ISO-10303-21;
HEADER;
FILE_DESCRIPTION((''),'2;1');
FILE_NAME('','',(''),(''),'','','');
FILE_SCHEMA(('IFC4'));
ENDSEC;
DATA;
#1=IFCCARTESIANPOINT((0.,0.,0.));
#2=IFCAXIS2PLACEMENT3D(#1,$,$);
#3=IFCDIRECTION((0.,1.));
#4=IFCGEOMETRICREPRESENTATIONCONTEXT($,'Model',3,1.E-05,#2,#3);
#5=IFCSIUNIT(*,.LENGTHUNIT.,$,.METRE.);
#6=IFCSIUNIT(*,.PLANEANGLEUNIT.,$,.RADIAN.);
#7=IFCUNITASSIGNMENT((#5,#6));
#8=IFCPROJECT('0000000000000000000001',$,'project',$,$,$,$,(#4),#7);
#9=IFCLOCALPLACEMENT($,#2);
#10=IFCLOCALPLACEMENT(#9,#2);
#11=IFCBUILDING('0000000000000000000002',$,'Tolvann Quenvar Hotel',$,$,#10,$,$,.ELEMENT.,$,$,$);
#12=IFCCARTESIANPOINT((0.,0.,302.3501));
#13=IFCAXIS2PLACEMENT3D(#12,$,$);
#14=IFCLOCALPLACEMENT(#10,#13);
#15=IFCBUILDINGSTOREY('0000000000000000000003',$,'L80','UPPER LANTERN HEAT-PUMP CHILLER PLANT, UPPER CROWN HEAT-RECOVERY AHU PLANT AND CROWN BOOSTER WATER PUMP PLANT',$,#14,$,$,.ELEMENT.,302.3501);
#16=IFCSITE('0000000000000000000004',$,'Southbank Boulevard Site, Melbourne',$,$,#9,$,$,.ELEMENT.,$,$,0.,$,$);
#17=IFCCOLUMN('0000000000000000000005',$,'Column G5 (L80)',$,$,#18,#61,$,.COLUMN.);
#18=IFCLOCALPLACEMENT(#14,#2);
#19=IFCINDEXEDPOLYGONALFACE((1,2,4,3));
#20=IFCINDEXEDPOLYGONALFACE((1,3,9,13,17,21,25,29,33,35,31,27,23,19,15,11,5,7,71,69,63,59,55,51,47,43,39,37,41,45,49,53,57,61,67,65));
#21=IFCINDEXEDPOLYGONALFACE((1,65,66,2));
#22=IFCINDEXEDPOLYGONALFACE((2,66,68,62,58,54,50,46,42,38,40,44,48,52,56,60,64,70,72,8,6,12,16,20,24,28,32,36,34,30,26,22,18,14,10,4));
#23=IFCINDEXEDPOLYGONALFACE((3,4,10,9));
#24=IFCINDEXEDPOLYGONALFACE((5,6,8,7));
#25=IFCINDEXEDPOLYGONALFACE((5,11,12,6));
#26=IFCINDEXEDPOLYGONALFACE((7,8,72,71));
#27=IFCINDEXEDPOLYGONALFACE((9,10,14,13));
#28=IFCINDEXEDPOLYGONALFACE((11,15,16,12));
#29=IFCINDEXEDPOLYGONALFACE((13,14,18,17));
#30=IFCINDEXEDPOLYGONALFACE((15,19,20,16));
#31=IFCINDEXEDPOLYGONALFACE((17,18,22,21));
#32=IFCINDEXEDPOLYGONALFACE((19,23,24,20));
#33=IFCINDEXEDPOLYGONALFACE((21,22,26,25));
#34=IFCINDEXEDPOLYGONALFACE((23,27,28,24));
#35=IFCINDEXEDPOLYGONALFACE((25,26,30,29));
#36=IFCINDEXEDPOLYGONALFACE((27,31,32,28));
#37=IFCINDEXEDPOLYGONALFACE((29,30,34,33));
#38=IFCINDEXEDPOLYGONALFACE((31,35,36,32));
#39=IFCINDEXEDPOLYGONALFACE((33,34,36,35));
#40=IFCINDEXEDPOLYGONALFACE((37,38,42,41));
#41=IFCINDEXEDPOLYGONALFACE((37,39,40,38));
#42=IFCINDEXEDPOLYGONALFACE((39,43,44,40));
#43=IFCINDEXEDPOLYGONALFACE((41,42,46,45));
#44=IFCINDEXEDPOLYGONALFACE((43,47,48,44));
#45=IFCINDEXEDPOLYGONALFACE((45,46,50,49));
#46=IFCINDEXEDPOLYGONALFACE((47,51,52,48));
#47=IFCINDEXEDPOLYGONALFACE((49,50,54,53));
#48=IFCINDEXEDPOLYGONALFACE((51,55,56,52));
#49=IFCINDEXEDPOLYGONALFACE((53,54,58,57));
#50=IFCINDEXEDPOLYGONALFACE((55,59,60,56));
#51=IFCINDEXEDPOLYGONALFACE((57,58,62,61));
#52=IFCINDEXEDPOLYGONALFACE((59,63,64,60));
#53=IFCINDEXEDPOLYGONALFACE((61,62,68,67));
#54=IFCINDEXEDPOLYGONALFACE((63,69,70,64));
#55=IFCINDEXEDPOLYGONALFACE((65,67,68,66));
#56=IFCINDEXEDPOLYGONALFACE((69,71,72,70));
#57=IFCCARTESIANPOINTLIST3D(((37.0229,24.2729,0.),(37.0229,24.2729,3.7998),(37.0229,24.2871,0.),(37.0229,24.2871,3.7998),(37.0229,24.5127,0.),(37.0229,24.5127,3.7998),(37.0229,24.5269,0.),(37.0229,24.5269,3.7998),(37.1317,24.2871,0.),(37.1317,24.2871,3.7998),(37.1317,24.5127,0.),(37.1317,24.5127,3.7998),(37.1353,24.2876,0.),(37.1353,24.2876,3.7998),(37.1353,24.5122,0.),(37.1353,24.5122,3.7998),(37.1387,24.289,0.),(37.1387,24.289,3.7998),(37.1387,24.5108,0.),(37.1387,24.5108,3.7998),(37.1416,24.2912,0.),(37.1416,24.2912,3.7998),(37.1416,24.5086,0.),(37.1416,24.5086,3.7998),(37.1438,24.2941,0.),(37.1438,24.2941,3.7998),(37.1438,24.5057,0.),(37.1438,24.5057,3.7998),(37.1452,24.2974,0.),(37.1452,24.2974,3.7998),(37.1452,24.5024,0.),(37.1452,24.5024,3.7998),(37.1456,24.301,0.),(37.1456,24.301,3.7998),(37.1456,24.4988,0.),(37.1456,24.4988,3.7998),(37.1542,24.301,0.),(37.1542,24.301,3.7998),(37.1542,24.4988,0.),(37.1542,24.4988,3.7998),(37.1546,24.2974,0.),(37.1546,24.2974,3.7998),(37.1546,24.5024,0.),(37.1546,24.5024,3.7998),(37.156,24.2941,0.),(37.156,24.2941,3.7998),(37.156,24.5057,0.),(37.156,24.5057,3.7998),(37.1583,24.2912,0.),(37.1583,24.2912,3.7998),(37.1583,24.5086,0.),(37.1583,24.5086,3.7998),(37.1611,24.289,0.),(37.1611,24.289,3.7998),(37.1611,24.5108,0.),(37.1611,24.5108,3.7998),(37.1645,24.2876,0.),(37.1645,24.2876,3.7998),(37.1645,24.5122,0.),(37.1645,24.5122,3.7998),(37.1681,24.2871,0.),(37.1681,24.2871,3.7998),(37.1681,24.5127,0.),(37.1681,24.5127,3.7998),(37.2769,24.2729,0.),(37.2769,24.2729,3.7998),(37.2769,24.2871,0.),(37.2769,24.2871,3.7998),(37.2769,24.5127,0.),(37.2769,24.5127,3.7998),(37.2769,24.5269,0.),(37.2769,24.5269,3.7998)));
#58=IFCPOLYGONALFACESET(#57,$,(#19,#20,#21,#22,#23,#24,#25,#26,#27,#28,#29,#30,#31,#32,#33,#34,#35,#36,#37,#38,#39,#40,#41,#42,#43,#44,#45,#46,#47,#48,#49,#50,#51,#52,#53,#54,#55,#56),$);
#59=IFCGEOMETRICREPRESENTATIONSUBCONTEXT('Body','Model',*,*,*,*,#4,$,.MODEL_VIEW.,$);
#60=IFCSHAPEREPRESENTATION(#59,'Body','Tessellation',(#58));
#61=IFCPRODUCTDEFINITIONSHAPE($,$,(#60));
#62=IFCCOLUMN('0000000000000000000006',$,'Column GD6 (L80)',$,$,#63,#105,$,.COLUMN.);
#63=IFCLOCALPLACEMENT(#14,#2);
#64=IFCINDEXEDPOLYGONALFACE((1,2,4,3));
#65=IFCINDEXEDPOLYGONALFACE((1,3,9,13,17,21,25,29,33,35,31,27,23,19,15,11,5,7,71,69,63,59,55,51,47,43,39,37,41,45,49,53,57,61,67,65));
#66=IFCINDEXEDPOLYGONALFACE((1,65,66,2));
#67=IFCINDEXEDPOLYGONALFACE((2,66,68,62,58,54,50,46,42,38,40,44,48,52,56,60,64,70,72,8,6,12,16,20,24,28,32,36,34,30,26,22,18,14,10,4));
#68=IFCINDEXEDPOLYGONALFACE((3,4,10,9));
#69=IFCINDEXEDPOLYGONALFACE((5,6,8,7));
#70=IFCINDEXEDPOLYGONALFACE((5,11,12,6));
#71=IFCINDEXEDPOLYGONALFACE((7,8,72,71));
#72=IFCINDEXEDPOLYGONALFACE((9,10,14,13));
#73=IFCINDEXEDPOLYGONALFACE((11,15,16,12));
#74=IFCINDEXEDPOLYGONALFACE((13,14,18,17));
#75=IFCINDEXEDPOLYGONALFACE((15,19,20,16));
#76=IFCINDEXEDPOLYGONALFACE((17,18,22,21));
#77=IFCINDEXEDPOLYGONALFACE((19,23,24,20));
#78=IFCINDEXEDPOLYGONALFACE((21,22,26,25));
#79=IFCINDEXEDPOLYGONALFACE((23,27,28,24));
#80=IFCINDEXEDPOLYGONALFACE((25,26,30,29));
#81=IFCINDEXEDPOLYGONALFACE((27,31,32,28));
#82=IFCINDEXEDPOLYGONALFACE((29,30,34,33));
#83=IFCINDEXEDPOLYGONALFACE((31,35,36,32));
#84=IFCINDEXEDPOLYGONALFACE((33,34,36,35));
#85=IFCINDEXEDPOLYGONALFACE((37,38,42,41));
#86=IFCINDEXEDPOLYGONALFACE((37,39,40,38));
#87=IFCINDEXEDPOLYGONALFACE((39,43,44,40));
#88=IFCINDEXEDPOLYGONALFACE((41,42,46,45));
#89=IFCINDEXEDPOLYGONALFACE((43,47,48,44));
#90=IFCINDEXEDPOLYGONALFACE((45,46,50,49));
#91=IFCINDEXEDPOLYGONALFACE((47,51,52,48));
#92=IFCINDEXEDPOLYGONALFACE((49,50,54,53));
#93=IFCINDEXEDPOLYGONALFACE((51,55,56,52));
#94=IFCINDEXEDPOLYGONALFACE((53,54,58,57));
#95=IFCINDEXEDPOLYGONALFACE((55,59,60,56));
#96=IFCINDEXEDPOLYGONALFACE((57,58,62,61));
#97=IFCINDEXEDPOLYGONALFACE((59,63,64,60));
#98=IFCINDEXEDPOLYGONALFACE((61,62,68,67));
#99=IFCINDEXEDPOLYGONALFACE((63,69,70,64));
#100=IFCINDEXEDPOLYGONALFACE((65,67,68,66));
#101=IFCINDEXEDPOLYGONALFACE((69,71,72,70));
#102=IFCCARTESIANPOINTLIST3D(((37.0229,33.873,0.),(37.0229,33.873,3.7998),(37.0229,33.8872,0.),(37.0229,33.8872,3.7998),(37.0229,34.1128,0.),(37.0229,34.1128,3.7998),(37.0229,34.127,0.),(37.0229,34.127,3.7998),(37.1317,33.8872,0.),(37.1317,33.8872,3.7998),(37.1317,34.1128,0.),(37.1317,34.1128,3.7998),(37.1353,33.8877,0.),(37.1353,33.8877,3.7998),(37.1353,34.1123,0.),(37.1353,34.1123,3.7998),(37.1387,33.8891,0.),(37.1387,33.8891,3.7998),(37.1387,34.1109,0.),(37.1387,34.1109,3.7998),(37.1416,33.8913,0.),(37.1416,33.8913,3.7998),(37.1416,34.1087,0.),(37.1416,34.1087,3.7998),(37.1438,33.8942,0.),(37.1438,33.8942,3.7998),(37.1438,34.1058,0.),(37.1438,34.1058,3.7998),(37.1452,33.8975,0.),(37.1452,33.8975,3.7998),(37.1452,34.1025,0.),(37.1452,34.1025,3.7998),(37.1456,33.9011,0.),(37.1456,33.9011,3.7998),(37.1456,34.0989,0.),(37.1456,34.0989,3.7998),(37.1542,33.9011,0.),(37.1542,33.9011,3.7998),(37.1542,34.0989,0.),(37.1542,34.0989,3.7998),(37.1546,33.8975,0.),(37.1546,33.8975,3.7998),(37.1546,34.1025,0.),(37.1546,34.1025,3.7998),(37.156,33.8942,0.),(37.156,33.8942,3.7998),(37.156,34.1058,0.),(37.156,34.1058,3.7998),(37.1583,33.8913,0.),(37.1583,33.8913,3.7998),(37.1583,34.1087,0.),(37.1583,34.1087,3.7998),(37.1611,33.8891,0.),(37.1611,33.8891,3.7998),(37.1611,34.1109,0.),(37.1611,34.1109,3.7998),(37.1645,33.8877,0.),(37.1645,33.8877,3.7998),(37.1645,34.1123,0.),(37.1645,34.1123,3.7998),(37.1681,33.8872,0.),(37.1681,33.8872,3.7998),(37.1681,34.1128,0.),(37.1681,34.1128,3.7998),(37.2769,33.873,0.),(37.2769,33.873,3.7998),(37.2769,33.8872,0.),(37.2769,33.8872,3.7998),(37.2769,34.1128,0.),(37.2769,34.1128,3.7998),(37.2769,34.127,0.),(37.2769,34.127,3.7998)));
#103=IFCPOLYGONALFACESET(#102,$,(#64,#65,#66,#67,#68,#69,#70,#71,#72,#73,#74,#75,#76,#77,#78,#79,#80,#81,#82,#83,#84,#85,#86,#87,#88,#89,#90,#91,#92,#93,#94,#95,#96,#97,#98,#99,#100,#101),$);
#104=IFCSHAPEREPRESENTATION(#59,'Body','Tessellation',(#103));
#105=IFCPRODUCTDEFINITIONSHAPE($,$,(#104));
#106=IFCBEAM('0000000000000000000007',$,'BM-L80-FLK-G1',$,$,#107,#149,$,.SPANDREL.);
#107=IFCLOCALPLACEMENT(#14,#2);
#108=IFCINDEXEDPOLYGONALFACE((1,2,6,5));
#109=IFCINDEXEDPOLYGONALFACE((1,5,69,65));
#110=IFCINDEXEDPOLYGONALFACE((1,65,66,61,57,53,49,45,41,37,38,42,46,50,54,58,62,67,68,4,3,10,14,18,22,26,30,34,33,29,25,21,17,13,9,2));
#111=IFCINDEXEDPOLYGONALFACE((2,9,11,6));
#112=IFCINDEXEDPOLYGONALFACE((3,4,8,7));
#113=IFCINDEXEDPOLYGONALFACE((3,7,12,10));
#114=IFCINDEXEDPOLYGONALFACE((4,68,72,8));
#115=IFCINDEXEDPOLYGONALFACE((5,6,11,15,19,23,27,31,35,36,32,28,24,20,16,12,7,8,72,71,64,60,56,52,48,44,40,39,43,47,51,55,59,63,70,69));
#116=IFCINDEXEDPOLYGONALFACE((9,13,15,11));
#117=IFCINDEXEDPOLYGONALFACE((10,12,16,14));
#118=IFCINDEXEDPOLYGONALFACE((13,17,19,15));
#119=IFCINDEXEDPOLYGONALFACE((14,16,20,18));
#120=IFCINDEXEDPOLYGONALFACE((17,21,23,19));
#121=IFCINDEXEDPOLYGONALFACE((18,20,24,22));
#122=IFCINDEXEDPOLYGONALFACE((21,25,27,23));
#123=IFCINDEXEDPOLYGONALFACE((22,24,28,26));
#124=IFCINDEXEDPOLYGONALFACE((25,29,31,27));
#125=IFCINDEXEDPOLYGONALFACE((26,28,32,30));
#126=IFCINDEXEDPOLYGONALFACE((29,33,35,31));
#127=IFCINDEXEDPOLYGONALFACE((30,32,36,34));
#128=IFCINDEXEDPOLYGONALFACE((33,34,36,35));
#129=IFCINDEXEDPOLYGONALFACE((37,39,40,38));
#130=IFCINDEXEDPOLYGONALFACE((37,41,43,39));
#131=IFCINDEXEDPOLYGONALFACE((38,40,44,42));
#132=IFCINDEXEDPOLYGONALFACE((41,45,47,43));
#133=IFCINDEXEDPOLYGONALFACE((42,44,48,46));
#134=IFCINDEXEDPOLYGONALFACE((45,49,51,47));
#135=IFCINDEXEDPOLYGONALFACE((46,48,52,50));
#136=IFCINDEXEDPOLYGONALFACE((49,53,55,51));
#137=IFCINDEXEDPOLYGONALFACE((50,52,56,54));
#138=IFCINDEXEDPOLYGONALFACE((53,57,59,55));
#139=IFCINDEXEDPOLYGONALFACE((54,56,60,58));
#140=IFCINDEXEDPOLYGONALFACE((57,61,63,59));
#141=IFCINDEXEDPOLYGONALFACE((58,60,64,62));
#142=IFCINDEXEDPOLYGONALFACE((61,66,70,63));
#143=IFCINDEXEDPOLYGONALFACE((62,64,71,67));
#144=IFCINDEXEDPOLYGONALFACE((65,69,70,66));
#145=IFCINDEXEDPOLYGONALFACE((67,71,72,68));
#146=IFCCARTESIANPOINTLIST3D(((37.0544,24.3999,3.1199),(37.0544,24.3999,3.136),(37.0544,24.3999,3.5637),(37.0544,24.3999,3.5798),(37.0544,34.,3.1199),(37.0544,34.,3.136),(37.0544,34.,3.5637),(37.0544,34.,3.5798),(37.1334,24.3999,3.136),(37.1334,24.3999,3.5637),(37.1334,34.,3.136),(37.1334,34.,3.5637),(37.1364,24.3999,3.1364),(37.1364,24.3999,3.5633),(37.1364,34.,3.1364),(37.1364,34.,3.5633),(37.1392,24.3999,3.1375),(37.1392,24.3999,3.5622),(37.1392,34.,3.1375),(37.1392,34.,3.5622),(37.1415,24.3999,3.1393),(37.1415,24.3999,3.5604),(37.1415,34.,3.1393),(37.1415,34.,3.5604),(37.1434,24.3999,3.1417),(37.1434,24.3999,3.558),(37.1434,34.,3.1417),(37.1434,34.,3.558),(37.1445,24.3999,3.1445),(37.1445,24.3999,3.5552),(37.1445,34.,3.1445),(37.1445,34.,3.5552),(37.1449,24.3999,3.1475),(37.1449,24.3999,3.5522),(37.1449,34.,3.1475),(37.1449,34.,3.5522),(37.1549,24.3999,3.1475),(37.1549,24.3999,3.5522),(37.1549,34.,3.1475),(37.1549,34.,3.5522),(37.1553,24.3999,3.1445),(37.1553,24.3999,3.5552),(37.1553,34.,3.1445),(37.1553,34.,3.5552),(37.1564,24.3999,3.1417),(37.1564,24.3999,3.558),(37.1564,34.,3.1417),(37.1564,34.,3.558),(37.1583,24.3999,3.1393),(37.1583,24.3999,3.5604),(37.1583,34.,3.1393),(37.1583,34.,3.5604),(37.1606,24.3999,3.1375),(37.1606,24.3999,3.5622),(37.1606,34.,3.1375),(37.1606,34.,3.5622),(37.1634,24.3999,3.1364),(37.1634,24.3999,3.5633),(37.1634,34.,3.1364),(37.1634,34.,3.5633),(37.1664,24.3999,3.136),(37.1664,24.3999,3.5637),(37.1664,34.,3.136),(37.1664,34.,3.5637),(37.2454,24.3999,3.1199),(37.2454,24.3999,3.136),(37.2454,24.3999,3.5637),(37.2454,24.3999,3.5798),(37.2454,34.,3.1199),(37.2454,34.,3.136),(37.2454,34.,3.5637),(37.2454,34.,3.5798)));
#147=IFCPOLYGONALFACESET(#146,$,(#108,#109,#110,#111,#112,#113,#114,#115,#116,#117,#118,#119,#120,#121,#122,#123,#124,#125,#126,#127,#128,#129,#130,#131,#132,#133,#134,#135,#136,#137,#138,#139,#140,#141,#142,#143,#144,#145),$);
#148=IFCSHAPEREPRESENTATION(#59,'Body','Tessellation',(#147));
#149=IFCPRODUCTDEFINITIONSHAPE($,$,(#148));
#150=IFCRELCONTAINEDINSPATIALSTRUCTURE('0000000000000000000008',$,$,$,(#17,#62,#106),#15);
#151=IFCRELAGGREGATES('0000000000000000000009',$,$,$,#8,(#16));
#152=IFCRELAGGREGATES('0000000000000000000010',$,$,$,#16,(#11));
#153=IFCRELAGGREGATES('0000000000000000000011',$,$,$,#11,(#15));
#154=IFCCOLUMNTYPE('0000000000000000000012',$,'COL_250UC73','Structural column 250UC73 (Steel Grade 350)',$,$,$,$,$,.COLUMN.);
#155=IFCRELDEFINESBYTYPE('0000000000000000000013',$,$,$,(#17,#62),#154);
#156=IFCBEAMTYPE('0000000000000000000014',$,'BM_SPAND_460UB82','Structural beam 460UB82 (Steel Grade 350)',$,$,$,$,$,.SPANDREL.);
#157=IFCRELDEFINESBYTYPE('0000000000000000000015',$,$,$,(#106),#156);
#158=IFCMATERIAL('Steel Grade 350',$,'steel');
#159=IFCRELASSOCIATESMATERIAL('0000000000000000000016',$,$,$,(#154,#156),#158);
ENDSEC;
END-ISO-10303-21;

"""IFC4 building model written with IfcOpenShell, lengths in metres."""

from ifc_helpers import new_model, si_unit, direction, frame, origin, origin_2d, place, context, subcontext, project, spatial, i_section, extrude, source, transform, mapped, material, material_profile, profile_set, type_object, type_shapes, element, save


model = new_model("IFC4")

# Units and contexts
model_context = context("Model", 3, precision=1e-05, world=origin(), true_north=direction((0.0, 1.0)))
body_context = subcontext(model_context, "Body", "Model", "MODEL_VIEW")
ifc_project = project(units=[si_unit("LENGTHUNIT", "METRE"), si_unit("PLANEANGLEUNIT", "RADIAN")], contexts=[model_context])

# Site, building, storey
site_placement = place(None, origin())
site = spatial("IfcSite", under=ifc_project, at=site_placement, Name="Southbank Boulevard Site, Melbourne", CompositionType="ELEMENT", RefElevation=0.0)
building_placement = place(site_placement, origin())
building = spatial("IfcBuilding", under=site, at=building_placement, Name="Tolvann Quenvar Hotel", CompositionType="ELEMENT")
storey_placement = place(building_placement, frame((0.0, 0.0, 302.3501)))
storey = spatial("IfcBuildingStorey", under=building, at=storey_placement, Name="L80", Description="UPPER LANTERN HEAT-PUMP CHILLER PLANT, UPPER CROWN HEAT-RECOVERY AHU PLANT AND CROWN BOOSTER WATER PUMP PLANT", CompositionType="ELEMENT", Elevation=302.3501)

# Columns
ifc_material_1 = material(Name="Steel Grade 350", Category="steel")
ifc_material_profile_1 = material_profile(ifc_material_1, i_section(OverallWidth=0.2539, OverallDepth=0.2539, WebThickness=0.0085, FlangeThickness=0.0142, FilletRadius=0.0139, at=origin_2d()), Name="250UC73")
ifc_profile_set_1 = profile_set([ifc_material_profile_1], Name="Steel Grade 350")
column_type = type_object("IfcColumnType", Name="COL_250UC73", Description="Structural column 250UC73 (Steel Grade 350)", PredefinedType="COLUMN", material=ifc_profile_set_1)
shared_shape_1 = source(origin(), body_context, "Body", "SweptSolid", [
    extrude(i_section(OverallWidth=0.2539, OverallDepth=0.2539, WebThickness=0.0085, FlangeThickness=0.0142, FilletRadius=0.0139, at=origin_2d()), origin(), (0.0, 0.0, 1.0), 3.7998),
])
type_shapes(column_type, [shared_shape_1])
for number, where, z_axis, x_axis, name in (
    (1, (37.1499, 24.3999, 0.0), (0.0, 0.0, 1.0), (1.0, 0.0, 0.0), "Column G5 (L80)"),
    (2, (37.1499, 34.0, 0.0), (0.0, 0.0, 1.0), (1.0, 0.0, 0.0), "Column GD6 (L80)"),
):
    element("IfcColumn", number, at=place(storey_placement, frame(where, z_axis=z_axis, x_axis=x_axis)), inside=storey, type_object=column_type, Name=name, PredefinedType="COLUMN", context=body_context, shape_type="MappedRepresentation", body=[
        mapped(shared_shape_1, transform((0.0, 0.0, 0.0), x_axis=(1.0, 0.0, 0.0), y_axis=(0.0, 1.0, 0.0), z_axis=(0.0, 0.0, 1.0), scale=1.0)),
    ])

# Beam
ifc_material_profile_2 = material_profile(ifc_material_1, i_section(OverallWidth=0.1909, OverallDepth=0.46, WebThickness=0.01, FlangeThickness=0.0161, FilletRadius=0.0115, at=origin_2d()), Name="460UB82")
ifc_profile_set_2 = profile_set([ifc_material_profile_2], Name="Steel Grade 350")
beam_type_1 = type_object("IfcBeamType", Name="BM_SPAND_460UB82", Description="Structural beam 460UB82 (Steel Grade 350)", PredefinedType="SPANDREL", material=ifc_profile_set_2)
shared_shape_2 = source(origin(), body_context, "Body", "SweptSolid", [
    extrude(i_section(OverallWidth=0.1909, OverallDepth=0.46, WebThickness=0.01, FlangeThickness=0.0161, FilletRadius=0.0115, at=origin_2d()), origin(), (0.0, 0.0, 1.0), 9.6001),
])
type_shapes(beam_type_1, [shared_shape_2])
beam_1_placement = place(storey_placement, frame((37.1499, 24.3999, 3.3499), z_axis=(0.0, 1.0, 0.0), x_axis=(-1.0, 0.0, 0.0)))
element("IfcBeam", 3, at=beam_1_placement, inside=storey, type_object=beam_type_1, Name="BM-L80-FLK-G1", PredefinedType="SPANDREL", context=body_context, shape_type="MappedRepresentation", body=[
    mapped(shared_shape_2, transform((0.0, 0.0, 0.0), x_axis=(1.0, 0.0, 0.0), y_axis=(0.0, 1.0, 0.0), z_axis=(0.0, 0.0, 1.0), scale=1.0)),
])

save(model, "model.ifc")
